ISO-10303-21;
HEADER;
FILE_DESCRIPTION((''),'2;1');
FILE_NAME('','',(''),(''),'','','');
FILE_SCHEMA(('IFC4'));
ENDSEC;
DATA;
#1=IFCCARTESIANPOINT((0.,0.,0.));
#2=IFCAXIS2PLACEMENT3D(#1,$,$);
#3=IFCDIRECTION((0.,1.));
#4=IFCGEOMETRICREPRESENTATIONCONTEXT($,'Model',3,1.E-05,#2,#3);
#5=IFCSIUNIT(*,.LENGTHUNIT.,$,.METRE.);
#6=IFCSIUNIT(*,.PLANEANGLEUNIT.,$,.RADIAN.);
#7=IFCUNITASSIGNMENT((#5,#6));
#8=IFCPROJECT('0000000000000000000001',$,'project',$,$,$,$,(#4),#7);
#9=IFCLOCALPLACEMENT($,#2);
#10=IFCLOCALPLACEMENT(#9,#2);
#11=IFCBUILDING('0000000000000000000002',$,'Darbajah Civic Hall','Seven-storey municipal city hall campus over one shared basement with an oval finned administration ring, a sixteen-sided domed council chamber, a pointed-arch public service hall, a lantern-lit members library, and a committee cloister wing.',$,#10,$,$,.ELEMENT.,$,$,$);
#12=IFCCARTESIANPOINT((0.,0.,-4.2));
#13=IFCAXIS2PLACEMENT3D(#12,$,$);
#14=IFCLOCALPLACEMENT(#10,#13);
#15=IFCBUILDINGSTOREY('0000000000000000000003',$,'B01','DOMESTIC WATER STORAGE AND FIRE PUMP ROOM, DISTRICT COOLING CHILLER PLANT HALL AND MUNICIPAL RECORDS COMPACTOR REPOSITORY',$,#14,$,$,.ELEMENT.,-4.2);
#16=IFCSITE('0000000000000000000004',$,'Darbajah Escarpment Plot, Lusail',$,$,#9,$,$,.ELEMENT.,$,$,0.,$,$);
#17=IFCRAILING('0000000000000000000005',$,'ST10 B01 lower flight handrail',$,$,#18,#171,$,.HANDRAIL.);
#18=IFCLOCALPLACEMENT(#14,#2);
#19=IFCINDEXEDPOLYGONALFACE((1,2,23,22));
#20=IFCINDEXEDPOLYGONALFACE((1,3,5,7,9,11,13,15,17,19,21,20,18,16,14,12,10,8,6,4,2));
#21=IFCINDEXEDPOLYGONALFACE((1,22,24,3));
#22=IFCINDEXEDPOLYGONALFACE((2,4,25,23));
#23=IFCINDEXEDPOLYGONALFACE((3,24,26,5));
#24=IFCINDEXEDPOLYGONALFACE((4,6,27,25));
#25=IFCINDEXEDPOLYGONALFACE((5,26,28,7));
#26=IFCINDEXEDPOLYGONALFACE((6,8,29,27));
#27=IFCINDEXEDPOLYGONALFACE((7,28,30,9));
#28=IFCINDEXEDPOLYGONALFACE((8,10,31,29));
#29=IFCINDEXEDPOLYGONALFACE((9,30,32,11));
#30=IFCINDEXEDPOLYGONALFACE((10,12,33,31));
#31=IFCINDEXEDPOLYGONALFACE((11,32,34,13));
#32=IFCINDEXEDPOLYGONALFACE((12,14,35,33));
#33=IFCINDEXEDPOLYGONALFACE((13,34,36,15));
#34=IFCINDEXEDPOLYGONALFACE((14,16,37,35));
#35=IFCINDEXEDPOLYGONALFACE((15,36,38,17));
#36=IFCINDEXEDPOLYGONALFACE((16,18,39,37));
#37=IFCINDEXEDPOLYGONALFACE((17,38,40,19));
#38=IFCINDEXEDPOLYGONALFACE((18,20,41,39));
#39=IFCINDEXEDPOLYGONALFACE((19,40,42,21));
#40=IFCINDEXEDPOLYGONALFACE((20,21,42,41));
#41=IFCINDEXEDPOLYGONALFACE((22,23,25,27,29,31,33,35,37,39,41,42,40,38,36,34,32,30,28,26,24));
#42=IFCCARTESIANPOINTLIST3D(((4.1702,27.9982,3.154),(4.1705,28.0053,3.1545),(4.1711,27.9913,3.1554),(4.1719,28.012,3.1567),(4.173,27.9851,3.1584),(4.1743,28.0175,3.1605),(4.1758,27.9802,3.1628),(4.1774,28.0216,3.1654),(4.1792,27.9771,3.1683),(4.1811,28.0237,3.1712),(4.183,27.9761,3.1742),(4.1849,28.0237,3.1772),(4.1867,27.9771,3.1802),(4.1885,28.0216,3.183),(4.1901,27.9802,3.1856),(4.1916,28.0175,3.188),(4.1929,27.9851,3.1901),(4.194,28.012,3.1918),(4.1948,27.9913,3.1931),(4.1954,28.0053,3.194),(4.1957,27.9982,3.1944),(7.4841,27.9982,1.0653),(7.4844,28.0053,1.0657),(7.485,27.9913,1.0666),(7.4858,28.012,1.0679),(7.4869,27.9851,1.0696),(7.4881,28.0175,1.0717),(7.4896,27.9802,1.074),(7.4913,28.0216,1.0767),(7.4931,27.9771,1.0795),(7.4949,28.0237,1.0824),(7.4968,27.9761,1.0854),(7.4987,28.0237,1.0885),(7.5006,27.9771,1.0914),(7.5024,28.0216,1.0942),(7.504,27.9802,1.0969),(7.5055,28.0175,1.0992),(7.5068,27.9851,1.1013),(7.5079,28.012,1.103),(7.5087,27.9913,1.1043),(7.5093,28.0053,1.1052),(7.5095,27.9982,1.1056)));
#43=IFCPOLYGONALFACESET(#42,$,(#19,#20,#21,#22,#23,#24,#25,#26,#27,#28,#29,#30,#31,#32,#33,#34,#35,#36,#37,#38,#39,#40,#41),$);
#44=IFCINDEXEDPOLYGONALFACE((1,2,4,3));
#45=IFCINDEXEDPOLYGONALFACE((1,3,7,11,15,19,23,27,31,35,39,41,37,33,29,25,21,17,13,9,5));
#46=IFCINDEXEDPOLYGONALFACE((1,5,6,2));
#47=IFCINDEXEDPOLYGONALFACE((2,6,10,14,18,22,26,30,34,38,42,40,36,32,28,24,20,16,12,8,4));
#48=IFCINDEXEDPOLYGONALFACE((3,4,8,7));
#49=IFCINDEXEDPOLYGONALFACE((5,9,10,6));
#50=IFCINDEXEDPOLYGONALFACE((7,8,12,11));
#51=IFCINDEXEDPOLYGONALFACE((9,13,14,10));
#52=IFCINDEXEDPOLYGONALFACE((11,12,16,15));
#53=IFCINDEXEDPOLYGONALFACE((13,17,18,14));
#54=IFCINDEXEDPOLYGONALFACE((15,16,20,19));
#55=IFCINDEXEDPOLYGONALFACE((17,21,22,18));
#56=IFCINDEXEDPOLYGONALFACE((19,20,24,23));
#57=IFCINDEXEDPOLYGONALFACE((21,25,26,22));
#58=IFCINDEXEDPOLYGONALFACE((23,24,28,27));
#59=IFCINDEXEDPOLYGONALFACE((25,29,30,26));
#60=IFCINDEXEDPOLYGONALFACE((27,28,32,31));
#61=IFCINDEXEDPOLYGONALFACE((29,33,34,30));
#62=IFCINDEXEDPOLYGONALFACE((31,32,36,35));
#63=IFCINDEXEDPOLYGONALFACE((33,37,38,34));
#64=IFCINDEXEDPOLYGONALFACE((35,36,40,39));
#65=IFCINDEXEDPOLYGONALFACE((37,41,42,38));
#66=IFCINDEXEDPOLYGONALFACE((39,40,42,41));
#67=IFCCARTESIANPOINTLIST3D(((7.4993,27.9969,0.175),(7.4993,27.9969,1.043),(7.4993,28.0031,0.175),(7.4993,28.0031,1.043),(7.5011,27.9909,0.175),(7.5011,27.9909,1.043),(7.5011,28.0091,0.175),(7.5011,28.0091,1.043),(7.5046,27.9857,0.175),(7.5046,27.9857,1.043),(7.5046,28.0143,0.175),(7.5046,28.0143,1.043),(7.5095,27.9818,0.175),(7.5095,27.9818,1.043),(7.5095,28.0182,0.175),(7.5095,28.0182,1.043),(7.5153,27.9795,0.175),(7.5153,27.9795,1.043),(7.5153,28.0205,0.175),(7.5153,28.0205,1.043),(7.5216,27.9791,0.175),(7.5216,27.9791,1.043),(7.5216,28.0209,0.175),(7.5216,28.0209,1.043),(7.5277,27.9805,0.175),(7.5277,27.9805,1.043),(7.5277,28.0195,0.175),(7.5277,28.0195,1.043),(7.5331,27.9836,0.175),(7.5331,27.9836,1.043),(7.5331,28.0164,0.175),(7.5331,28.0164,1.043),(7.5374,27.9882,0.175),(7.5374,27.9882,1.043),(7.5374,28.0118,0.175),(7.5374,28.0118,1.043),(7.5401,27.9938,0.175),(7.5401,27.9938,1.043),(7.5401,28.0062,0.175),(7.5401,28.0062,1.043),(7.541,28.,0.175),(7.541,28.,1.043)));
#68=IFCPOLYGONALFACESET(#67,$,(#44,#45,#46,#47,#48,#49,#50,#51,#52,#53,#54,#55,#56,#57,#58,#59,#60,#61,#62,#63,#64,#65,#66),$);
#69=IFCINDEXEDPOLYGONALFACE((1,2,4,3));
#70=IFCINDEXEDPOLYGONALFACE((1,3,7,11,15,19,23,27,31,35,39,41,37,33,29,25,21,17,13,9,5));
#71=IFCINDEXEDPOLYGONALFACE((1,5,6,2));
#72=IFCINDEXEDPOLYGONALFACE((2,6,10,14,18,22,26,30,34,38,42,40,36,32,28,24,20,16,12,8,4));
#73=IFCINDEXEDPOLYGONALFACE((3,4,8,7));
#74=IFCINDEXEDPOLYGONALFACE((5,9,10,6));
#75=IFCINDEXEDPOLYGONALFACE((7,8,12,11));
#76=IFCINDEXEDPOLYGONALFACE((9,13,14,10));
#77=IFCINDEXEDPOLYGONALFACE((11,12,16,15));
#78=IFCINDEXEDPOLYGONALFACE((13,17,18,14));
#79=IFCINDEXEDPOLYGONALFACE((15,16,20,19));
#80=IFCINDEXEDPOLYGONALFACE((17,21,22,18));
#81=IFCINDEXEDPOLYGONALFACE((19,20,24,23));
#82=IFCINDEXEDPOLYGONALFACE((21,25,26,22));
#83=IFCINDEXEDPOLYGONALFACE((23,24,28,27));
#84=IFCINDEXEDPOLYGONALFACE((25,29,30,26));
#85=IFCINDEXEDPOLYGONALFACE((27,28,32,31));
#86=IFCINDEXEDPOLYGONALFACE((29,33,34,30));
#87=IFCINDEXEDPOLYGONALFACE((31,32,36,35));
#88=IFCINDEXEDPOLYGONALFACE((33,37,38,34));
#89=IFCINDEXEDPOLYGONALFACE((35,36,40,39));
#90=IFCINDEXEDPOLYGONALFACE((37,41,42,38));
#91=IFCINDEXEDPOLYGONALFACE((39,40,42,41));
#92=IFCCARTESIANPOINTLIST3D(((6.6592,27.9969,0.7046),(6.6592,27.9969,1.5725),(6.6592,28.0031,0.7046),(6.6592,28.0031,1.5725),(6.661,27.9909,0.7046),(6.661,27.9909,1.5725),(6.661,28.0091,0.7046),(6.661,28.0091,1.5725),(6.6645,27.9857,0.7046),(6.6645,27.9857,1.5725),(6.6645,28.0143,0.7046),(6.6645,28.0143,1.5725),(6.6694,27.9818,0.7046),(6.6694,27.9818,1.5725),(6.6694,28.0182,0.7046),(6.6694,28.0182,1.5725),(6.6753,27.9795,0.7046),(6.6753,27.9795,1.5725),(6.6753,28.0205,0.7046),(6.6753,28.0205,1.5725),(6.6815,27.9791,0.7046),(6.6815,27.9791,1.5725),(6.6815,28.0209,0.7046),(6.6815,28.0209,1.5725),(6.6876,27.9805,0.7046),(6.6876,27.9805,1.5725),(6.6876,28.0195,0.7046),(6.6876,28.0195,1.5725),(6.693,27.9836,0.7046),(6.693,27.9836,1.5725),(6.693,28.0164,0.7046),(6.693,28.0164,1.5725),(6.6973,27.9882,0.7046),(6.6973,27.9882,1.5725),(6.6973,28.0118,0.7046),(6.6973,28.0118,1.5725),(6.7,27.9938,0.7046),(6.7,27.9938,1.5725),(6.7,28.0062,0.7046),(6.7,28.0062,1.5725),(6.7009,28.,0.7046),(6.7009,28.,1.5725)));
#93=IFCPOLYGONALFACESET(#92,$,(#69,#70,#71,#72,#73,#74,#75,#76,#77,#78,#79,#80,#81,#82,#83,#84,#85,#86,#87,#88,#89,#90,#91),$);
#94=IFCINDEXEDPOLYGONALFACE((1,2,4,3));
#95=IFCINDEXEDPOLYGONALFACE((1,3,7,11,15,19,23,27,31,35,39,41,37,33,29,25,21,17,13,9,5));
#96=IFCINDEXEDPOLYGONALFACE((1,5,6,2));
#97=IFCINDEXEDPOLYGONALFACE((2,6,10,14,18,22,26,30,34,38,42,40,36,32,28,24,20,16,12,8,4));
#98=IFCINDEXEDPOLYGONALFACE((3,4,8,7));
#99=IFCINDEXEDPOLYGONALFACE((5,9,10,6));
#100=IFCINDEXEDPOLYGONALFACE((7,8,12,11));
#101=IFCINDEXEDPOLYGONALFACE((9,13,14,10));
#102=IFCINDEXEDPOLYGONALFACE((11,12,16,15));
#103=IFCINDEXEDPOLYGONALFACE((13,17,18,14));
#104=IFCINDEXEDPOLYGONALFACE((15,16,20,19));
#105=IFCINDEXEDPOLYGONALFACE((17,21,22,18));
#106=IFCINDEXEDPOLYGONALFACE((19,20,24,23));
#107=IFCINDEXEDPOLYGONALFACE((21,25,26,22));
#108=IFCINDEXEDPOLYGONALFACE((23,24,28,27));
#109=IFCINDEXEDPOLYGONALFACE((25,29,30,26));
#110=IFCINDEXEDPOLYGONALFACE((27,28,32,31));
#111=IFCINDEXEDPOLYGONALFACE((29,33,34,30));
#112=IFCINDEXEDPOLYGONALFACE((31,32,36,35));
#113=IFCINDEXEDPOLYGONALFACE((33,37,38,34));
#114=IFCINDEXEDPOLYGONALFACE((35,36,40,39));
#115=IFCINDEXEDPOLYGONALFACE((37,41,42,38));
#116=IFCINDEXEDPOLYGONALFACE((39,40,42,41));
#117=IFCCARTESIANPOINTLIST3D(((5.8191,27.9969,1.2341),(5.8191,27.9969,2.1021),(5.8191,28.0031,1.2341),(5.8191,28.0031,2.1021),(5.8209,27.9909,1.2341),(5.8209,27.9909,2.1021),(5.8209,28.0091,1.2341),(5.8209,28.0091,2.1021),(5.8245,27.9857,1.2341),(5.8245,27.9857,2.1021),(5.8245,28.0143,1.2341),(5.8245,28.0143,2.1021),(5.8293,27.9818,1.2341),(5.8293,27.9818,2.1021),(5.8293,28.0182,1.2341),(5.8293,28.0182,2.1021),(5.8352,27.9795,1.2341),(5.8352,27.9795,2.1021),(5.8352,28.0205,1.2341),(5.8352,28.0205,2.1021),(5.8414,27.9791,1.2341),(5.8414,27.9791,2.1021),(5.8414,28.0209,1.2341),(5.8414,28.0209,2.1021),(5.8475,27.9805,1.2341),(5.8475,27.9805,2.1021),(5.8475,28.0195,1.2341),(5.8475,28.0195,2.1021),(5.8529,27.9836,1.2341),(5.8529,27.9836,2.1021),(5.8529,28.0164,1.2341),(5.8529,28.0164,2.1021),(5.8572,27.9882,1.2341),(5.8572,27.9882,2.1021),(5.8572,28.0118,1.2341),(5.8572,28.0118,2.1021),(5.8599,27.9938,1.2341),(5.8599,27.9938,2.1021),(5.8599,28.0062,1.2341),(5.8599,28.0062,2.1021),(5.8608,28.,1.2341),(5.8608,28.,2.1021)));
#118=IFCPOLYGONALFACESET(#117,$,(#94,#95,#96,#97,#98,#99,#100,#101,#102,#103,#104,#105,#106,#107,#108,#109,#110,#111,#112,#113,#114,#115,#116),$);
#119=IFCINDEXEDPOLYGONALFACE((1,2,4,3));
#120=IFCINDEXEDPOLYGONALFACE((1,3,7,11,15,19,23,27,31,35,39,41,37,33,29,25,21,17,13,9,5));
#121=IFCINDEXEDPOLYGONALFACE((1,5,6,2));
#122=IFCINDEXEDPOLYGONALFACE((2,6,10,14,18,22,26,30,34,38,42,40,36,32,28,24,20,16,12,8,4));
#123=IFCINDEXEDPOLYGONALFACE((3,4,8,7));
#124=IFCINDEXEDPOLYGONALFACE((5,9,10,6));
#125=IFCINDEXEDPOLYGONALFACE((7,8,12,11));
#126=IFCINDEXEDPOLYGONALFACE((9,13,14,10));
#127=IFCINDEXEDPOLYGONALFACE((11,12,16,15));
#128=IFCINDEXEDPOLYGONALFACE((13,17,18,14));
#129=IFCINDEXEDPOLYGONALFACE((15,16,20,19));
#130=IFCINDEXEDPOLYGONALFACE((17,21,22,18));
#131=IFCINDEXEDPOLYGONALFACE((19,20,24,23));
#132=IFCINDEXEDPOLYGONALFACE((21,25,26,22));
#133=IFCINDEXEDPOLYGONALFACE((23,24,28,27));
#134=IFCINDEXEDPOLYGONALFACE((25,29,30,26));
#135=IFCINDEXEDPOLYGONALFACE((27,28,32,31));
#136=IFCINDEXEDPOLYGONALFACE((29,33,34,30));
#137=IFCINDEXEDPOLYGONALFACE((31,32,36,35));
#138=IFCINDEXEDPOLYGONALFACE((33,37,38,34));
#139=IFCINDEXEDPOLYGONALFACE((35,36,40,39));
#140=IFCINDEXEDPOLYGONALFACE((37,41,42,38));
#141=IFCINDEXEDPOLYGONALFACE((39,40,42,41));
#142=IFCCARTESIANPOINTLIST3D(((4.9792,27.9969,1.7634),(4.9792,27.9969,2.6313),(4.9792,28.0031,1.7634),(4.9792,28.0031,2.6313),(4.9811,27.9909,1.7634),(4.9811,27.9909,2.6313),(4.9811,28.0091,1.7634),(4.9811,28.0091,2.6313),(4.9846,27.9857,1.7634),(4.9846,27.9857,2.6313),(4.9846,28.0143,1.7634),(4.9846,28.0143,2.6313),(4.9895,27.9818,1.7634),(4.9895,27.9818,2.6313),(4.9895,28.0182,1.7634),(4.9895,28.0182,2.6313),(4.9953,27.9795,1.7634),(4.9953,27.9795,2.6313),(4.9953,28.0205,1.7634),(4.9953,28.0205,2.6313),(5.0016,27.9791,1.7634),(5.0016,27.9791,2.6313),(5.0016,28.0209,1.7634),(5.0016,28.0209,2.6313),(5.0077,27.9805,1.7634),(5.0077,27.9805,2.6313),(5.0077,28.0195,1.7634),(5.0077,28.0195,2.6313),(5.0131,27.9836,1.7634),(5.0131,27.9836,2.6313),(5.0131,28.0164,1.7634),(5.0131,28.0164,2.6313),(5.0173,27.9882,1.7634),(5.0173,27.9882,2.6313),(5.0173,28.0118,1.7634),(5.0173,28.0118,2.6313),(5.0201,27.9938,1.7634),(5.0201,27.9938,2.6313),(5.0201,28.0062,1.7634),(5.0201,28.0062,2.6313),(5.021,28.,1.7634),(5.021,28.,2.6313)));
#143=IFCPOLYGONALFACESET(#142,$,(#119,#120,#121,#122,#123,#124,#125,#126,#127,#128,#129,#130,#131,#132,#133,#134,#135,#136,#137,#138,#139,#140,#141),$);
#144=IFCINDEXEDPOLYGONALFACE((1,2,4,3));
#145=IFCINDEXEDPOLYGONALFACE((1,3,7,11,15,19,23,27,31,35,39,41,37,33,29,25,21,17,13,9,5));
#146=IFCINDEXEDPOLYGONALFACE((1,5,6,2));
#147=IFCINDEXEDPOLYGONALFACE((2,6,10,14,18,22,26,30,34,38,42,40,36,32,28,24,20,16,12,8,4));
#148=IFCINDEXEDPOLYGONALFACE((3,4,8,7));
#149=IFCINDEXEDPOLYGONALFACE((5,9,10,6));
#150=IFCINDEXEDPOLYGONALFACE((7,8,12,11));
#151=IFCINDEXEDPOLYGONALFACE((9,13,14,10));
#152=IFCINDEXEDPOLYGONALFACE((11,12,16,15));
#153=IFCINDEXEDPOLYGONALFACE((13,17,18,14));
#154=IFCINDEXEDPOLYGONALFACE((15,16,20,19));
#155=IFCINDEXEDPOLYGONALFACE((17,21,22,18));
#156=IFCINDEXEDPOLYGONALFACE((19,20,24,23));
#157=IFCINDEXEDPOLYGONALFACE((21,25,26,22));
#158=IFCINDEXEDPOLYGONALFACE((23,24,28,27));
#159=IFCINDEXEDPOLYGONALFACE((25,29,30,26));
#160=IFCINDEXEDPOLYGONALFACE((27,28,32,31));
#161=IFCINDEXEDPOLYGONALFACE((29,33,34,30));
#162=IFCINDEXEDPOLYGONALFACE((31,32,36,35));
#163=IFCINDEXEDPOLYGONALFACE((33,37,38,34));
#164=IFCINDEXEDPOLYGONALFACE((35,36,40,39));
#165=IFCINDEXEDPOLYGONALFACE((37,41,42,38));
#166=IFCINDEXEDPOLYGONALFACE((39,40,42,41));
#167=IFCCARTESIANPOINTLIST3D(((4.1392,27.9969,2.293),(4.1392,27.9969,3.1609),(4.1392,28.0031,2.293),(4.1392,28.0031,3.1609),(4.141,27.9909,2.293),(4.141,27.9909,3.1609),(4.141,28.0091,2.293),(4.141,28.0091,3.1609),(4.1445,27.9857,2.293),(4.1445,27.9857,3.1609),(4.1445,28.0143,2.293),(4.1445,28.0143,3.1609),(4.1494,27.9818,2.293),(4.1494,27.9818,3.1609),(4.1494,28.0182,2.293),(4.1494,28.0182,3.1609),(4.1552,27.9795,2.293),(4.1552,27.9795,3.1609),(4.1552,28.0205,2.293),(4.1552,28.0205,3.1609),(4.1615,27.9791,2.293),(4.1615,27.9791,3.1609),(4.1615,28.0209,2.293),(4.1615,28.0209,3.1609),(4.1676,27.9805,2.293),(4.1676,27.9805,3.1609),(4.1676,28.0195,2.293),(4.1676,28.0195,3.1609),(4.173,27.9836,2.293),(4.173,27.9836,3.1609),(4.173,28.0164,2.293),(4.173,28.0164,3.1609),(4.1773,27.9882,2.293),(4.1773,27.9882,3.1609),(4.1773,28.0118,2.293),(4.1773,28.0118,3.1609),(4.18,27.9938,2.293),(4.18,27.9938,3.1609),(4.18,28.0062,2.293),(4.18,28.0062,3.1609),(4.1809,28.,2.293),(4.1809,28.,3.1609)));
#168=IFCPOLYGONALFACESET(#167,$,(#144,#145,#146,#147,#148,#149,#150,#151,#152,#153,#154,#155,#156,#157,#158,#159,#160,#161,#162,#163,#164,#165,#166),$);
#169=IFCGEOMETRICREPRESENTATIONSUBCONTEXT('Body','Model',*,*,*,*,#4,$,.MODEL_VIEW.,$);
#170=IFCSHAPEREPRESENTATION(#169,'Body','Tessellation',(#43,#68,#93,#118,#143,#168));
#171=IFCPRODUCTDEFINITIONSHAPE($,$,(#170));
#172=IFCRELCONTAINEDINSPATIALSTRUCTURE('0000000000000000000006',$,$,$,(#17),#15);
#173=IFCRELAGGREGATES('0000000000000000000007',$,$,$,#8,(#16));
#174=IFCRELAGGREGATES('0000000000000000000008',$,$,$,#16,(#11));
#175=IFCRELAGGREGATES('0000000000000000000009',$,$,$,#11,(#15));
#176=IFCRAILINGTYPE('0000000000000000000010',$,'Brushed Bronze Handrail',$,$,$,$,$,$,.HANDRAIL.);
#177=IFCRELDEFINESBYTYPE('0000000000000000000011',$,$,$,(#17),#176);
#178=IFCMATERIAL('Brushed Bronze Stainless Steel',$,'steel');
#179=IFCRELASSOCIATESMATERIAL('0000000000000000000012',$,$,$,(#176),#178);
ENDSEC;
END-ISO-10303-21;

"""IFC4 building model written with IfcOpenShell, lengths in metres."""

from ifc_helpers import new_model, si_unit, direction, frame, origin, origin_2d, place, context, subcontext, project, spatial, circle, extrude, material, type_object, element, save


model = new_model("IFC4")

# Units and contexts
model_context = context("Model", 3, precision=1e-05, world=origin(), true_north=direction((0.0, 1.0)))
body_context = subcontext(model_context, "Body", "Model", "MODEL_VIEW")
ifc_project = project(units=[si_unit("LENGTHUNIT", "METRE"), si_unit("PLANEANGLEUNIT", "RADIAN")], contexts=[model_context])

# Site, building, storey
site_placement = place(None, origin())
site = spatial("IfcSite", under=ifc_project, at=site_placement, Name="Darbajah Escarpment Plot, Lusail", CompositionType="ELEMENT", RefElevation=0.0)
building_placement = place(site_placement, origin())
building = spatial("IfcBuilding", under=site, at=building_placement, Name="Darbajah Civic Hall", Description="Seven-storey municipal city hall campus over one shared basement with an oval finned administration ring, a sixteen-sided domed council chamber, a pointed-arch public service hall, a lantern-lit members library, and a committee cloister wing.", CompositionType="ELEMENT")
storey_placement = place(building_placement, frame((0.0, 0.0, -4.2)))
storey = spatial("IfcBuildingStorey", under=building, at=storey_placement, Name="B01", Description="DOMESTIC WATER STORAGE AND FIRE PUMP ROOM, DISTRICT COOLING CHILLER PLANT HALL AND MUNICIPAL RECORDS COMPACTOR REPOSITORY", CompositionType="ELEMENT", Elevation=-4.2)

# Railing
ifc_material_1 = material(Name="Brushed Bronze Stainless Steel", Category="steel")
railing_type_1 = type_object("IfcRailingType", Name="Brushed Bronze Handrail", PredefinedType="HANDRAIL", material=ifc_material_1)
railing_1_placement = place(storey_placement, frame((7.52, 28.0, 0.175)))
element("IfcRailing", 1, at=railing_1_placement, inside=storey, type_object=railing_type_1, Name="ST10 B01 lower flight handrail", PredefinedType="HANDRAIL", context=body_context, shape_type="SweptSolid", body=[
    extrude(circle(Radius=0.0239, at=origin_2d()), frame((-0.0232, 0.0, 0.9104), z_axis=(-0.845972, 0.0, 0.533227), x_axis=(0.0, -1.0, 0.0)), (0.0, 0.0, 1.0), 3.9172),
    extrude(circle(Radius=0.021, at=origin_2d()), origin(), (0.0, 0.0, 1.0), 0.8679),
    extrude(circle(Radius=0.021, at=origin_2d()), frame((-0.8401, 0.0, 0.5295)), (0.0, 0.0, 1.0), 0.8679),
    extrude(circle(Radius=0.021, at=origin_2d()), frame((-1.6802, 0.0, 1.0591)), (0.0, 0.0, 1.0), 0.8679),
    extrude(circle(Radius=0.021, at=origin_2d()), frame((-2.52, 0.0, 1.5884)), (0.0, 0.0, 1.0), 0.8679),
    extrude(circle(Radius=0.021, at=origin_2d()), frame((-3.3601, 0.0, 2.1179)), (0.0, 0.0, 1.0), 0.8679),
])

save(model, "model.ifc")
